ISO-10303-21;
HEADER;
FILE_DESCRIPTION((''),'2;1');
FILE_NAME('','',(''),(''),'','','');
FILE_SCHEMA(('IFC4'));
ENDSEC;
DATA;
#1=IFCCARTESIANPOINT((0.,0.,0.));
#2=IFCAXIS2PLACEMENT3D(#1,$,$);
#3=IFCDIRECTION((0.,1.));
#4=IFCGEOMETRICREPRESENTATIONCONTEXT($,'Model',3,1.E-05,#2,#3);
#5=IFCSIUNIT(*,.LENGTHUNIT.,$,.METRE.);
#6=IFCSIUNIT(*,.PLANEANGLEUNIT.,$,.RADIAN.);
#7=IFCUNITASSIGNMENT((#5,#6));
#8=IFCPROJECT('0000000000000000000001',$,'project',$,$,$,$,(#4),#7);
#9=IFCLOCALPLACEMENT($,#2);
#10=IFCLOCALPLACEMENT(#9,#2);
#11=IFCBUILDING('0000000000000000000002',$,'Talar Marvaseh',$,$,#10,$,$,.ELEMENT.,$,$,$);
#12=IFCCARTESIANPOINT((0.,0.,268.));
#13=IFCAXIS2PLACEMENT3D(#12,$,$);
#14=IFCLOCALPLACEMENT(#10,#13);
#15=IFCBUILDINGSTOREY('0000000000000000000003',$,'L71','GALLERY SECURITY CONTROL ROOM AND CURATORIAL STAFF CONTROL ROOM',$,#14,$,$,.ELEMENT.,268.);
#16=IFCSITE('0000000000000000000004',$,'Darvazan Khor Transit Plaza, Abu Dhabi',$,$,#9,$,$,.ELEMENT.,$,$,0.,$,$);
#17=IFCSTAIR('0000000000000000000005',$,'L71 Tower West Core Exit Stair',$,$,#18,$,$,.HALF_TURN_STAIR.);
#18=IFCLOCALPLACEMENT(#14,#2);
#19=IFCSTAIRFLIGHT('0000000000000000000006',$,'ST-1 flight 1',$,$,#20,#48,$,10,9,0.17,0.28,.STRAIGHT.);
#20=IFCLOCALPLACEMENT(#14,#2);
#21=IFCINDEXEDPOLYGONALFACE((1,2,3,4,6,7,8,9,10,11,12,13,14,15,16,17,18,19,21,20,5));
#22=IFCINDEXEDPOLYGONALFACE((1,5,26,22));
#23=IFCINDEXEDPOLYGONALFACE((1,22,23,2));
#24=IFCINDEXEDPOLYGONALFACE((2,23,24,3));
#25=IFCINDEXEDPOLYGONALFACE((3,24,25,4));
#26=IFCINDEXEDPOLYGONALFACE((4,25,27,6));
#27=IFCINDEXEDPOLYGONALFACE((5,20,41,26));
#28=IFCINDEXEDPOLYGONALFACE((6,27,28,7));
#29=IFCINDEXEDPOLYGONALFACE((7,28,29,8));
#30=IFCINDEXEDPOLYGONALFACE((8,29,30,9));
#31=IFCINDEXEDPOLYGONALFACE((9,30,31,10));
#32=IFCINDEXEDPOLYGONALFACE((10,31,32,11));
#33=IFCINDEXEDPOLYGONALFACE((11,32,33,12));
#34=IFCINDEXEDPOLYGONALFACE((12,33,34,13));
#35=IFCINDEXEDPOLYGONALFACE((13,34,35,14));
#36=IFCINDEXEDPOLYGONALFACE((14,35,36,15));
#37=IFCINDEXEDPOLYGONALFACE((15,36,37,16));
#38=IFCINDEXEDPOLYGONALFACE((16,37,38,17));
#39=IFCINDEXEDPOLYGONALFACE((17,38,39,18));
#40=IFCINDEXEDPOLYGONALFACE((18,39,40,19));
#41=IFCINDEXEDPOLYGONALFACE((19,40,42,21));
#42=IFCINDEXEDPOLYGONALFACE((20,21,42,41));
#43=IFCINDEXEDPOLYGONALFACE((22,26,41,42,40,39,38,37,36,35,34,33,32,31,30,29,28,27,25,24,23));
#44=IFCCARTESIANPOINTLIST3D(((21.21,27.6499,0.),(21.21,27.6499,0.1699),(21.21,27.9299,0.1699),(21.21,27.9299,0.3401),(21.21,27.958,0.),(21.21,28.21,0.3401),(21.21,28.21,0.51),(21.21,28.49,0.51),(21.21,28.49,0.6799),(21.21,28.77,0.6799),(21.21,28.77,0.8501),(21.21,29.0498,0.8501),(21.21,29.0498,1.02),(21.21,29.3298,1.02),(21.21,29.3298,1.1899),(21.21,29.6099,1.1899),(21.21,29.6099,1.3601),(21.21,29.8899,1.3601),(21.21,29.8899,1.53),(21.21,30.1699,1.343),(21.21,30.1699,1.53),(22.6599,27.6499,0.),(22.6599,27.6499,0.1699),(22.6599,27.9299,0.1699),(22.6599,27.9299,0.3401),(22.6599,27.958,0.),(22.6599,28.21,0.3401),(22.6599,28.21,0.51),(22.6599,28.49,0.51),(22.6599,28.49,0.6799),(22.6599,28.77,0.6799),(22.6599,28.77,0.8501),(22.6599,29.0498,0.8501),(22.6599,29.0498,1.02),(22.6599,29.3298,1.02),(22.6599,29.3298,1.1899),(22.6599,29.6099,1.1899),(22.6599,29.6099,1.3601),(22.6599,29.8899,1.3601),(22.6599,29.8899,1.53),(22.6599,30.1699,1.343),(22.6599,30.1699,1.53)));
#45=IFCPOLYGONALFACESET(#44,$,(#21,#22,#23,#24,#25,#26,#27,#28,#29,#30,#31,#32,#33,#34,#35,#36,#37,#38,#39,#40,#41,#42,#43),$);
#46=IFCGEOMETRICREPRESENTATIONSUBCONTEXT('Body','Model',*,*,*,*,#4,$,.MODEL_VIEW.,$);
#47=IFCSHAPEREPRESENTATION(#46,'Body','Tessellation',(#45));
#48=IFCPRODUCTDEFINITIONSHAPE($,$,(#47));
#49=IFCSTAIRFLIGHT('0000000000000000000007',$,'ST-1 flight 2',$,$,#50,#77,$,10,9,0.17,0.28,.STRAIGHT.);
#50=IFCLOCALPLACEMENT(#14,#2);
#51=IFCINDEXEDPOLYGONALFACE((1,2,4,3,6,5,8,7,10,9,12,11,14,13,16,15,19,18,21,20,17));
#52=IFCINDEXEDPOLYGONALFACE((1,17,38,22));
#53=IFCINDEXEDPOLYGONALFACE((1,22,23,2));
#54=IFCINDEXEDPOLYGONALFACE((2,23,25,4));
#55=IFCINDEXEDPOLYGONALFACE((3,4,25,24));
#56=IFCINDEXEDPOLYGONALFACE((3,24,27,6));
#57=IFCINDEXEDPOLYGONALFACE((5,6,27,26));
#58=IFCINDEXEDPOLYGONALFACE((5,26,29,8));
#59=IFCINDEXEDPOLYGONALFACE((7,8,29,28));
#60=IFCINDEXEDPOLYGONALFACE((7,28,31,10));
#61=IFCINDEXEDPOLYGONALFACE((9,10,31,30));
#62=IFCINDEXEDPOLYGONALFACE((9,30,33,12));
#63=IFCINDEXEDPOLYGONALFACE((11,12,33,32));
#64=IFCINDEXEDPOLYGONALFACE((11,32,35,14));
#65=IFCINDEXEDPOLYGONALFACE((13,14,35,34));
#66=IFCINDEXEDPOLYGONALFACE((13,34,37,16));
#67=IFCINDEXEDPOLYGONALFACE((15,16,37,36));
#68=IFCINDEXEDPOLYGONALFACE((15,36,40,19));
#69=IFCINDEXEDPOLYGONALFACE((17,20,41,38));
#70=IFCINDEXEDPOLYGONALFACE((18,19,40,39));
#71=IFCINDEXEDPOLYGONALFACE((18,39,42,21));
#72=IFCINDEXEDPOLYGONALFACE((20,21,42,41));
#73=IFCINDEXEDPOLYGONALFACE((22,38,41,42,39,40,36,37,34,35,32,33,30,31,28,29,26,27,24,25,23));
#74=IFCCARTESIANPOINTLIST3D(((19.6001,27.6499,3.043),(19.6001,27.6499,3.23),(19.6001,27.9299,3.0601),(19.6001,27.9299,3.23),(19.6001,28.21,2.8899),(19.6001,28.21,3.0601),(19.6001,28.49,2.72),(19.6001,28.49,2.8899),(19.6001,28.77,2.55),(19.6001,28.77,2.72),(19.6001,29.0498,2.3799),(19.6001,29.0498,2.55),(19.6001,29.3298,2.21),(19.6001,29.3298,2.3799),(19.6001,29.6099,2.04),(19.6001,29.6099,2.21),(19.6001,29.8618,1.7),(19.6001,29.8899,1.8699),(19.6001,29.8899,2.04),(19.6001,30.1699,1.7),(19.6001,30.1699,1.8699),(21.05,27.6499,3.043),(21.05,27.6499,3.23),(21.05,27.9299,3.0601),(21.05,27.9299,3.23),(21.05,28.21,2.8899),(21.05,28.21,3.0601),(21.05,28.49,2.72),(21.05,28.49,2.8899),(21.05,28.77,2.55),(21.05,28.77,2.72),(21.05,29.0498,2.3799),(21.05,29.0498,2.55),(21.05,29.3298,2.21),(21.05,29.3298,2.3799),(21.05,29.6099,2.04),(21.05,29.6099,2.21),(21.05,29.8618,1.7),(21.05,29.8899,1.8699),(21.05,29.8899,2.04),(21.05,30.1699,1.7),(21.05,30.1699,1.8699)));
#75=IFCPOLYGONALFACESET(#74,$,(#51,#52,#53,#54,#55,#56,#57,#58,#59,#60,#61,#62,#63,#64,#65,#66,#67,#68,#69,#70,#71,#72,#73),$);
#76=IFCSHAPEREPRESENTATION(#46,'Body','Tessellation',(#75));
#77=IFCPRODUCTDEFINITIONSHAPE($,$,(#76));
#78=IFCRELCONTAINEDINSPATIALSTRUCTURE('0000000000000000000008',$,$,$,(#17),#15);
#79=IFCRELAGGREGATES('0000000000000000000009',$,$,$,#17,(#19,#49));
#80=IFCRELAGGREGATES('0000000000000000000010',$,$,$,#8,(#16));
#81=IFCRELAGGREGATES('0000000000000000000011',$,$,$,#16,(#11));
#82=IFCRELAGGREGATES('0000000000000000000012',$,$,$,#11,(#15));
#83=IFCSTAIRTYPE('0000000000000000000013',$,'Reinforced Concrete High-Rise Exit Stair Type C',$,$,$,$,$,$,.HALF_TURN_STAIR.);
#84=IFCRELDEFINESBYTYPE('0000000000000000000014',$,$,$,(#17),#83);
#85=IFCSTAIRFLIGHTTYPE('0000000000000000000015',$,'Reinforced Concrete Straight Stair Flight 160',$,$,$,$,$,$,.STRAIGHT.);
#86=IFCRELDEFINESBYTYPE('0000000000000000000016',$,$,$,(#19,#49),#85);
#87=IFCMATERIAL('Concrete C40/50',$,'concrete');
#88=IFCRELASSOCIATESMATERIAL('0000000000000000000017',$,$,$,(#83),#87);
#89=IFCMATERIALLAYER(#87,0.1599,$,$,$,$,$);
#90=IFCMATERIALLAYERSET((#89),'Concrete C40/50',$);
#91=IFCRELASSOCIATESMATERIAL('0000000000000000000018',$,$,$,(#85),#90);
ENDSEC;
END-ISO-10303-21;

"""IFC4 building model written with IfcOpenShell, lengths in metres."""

from ifc_helpers import new_model, si_unit, direction, frame, origin, place, context, subcontext, project, spatial, polyline, outline, extrude, material, layer, layer_set, type_object, element, aggregate, save


model = new_model("IFC4")

# Units and contexts
model_context = context("Model", 3, precision=1e-05, world=origin(), true_north=direction((0.0, 1.0)))
body_context = subcontext(model_context, "Body", "Model", "MODEL_VIEW")
ifc_project = project(units=[si_unit("LENGTHUNIT", "METRE"), si_unit("PLANEANGLEUNIT", "RADIAN")], contexts=[model_context])

# Site, building, storey
site_placement = place(None, origin())
site = spatial("IfcSite", under=ifc_project, at=site_placement, Name="Darvazan Khor Transit Plaza, Abu Dhabi", CompositionType="ELEMENT", RefElevation=0.0)
building_placement = place(site_placement, origin())
building = spatial("IfcBuilding", under=site, at=building_placement, Name="Talar Marvaseh", CompositionType="ELEMENT")
storey_placement = place(building_placement, frame((0.0, 0.0, 268.0)))
storey = spatial("IfcBuildingStorey", under=building, at=storey_placement, Name="L71", Description="GALLERY SECURITY CONTROL ROOM AND CURATORIAL STAFF CONTROL ROOM", CompositionType="ELEMENT", Elevation=268.0)

# Shared definitions
ifc_material_1 = material(Name="Concrete C40/50", Category="concrete")

# Stair, stair flights
stair_type = type_object("IfcStairType", Name="Reinforced Concrete High-Rise Exit Stair Type C", PredefinedType="HALF_TURN_STAIR", material=ifc_material_1)
stair_placement = place(storey_placement, origin())
stair = element("IfcStair", 1, at=stair_placement, inside=storey, type_object=stair_type, Name="L71 Tower West Core Exit Stair", PredefinedType="HALF_TURN_STAIR")
ifc_layer_1 = layer(ifc_material_1, 0.1599)
ifc_layer_set_1 = layer_set([ifc_layer_1], Name="Concrete C40/50")
stair_flight_type = type_object("IfcStairFlightType", Name="Reinforced Concrete Straight Stair Flight 160", PredefinedType="STRAIGHT", material=ifc_layer_set_1)
stair_flight_1_placement = place(storey_placement, frame((21.9351, 27.6499, 0.0), z_axis=(0.0, 0.0, 1.0), x_axis=(0.0, 1.0, 0.0)))
stair_flight_1 = element("IfcStairFlight", 2, at=stair_flight_1_placement, type_object=stair_flight_type, Name="ST-1 flight 1", NumberOfRisers=10, NumberOfTreads=9, PredefinedType="STRAIGHT", RiserHeight=0.17, TreadLength=0.28, context=body_context, shape_type="SweptSolid", body=[
    extrude(outline(polyline([(0.0, 0.0), (0.0, 0.1699), (0.28, 0.1699), (0.28, 0.3401), (0.5601, 0.3401), (0.5601, 0.51), (0.8401, 0.51), (0.8401, 0.6799), (1.1201, 0.6799), (1.1201, 0.8501), (1.3999, 0.8501), (1.3999, 1.02), (1.6799, 1.02), (1.6799, 1.1899), (1.96, 1.1899), (1.96, 1.3601), (2.24, 1.3601), (2.24, 1.53), (2.52, 1.53), (2.52, 1.7), (2.52, 1.343), (0.3081, 0.0), (0.0, 0.0)])), frame((0.0, 0.7251, 0.0), z_axis=(0.0, -1.0, 0.0), x_axis=(1.0, 0.0, 0.0)), (0.0, 0.0, 1.0), 1.45),
])
stair_flight_2_placement = place(storey_placement, frame((20.325, 30.1699, 1.7), z_axis=(0.0, 0.0, 1.0), x_axis=(0.0, -1.0, 0.0)))
stair_flight_2 = element("IfcStairFlight", 3, at=stair_flight_2_placement, type_object=stair_flight_type, Name="ST-1 flight 2", NumberOfRisers=10, NumberOfTreads=9, PredefinedType="STRAIGHT", RiserHeight=0.17, TreadLength=0.28, context=body_context, shape_type="SweptSolid", body=[
    extrude(outline(polyline([(0.0, 0.0), (0.0, 0.1699), (0.28, 0.1699), (0.28, 0.3401), (0.5601, 0.3401), (0.5601, 0.51), (0.8401, 0.51), (0.8401, 0.6799), (1.1201, 0.6799), (1.1201, 0.8501), (1.3999, 0.8501), (1.3999, 1.02), (1.6799, 1.02), (1.6799, 1.1899), (1.96, 1.1899), (1.96, 1.3601), (2.24, 1.3601), (2.24, 1.53), (2.52, 1.53), (2.52, 1.7), (2.52, 1.343), (0.3081, 0.0), (0.0, 0.0)])), frame((0.0, 0.7251, 0.0), z_axis=(0.0, -1.0, 0.0), x_axis=(1.0, 0.0, 0.0)), (0.0, 0.0, 1.0), 1.45),
])
aggregate(stair, [stair_flight_1, stair_flight_2])

save(model, "model.ifc")
